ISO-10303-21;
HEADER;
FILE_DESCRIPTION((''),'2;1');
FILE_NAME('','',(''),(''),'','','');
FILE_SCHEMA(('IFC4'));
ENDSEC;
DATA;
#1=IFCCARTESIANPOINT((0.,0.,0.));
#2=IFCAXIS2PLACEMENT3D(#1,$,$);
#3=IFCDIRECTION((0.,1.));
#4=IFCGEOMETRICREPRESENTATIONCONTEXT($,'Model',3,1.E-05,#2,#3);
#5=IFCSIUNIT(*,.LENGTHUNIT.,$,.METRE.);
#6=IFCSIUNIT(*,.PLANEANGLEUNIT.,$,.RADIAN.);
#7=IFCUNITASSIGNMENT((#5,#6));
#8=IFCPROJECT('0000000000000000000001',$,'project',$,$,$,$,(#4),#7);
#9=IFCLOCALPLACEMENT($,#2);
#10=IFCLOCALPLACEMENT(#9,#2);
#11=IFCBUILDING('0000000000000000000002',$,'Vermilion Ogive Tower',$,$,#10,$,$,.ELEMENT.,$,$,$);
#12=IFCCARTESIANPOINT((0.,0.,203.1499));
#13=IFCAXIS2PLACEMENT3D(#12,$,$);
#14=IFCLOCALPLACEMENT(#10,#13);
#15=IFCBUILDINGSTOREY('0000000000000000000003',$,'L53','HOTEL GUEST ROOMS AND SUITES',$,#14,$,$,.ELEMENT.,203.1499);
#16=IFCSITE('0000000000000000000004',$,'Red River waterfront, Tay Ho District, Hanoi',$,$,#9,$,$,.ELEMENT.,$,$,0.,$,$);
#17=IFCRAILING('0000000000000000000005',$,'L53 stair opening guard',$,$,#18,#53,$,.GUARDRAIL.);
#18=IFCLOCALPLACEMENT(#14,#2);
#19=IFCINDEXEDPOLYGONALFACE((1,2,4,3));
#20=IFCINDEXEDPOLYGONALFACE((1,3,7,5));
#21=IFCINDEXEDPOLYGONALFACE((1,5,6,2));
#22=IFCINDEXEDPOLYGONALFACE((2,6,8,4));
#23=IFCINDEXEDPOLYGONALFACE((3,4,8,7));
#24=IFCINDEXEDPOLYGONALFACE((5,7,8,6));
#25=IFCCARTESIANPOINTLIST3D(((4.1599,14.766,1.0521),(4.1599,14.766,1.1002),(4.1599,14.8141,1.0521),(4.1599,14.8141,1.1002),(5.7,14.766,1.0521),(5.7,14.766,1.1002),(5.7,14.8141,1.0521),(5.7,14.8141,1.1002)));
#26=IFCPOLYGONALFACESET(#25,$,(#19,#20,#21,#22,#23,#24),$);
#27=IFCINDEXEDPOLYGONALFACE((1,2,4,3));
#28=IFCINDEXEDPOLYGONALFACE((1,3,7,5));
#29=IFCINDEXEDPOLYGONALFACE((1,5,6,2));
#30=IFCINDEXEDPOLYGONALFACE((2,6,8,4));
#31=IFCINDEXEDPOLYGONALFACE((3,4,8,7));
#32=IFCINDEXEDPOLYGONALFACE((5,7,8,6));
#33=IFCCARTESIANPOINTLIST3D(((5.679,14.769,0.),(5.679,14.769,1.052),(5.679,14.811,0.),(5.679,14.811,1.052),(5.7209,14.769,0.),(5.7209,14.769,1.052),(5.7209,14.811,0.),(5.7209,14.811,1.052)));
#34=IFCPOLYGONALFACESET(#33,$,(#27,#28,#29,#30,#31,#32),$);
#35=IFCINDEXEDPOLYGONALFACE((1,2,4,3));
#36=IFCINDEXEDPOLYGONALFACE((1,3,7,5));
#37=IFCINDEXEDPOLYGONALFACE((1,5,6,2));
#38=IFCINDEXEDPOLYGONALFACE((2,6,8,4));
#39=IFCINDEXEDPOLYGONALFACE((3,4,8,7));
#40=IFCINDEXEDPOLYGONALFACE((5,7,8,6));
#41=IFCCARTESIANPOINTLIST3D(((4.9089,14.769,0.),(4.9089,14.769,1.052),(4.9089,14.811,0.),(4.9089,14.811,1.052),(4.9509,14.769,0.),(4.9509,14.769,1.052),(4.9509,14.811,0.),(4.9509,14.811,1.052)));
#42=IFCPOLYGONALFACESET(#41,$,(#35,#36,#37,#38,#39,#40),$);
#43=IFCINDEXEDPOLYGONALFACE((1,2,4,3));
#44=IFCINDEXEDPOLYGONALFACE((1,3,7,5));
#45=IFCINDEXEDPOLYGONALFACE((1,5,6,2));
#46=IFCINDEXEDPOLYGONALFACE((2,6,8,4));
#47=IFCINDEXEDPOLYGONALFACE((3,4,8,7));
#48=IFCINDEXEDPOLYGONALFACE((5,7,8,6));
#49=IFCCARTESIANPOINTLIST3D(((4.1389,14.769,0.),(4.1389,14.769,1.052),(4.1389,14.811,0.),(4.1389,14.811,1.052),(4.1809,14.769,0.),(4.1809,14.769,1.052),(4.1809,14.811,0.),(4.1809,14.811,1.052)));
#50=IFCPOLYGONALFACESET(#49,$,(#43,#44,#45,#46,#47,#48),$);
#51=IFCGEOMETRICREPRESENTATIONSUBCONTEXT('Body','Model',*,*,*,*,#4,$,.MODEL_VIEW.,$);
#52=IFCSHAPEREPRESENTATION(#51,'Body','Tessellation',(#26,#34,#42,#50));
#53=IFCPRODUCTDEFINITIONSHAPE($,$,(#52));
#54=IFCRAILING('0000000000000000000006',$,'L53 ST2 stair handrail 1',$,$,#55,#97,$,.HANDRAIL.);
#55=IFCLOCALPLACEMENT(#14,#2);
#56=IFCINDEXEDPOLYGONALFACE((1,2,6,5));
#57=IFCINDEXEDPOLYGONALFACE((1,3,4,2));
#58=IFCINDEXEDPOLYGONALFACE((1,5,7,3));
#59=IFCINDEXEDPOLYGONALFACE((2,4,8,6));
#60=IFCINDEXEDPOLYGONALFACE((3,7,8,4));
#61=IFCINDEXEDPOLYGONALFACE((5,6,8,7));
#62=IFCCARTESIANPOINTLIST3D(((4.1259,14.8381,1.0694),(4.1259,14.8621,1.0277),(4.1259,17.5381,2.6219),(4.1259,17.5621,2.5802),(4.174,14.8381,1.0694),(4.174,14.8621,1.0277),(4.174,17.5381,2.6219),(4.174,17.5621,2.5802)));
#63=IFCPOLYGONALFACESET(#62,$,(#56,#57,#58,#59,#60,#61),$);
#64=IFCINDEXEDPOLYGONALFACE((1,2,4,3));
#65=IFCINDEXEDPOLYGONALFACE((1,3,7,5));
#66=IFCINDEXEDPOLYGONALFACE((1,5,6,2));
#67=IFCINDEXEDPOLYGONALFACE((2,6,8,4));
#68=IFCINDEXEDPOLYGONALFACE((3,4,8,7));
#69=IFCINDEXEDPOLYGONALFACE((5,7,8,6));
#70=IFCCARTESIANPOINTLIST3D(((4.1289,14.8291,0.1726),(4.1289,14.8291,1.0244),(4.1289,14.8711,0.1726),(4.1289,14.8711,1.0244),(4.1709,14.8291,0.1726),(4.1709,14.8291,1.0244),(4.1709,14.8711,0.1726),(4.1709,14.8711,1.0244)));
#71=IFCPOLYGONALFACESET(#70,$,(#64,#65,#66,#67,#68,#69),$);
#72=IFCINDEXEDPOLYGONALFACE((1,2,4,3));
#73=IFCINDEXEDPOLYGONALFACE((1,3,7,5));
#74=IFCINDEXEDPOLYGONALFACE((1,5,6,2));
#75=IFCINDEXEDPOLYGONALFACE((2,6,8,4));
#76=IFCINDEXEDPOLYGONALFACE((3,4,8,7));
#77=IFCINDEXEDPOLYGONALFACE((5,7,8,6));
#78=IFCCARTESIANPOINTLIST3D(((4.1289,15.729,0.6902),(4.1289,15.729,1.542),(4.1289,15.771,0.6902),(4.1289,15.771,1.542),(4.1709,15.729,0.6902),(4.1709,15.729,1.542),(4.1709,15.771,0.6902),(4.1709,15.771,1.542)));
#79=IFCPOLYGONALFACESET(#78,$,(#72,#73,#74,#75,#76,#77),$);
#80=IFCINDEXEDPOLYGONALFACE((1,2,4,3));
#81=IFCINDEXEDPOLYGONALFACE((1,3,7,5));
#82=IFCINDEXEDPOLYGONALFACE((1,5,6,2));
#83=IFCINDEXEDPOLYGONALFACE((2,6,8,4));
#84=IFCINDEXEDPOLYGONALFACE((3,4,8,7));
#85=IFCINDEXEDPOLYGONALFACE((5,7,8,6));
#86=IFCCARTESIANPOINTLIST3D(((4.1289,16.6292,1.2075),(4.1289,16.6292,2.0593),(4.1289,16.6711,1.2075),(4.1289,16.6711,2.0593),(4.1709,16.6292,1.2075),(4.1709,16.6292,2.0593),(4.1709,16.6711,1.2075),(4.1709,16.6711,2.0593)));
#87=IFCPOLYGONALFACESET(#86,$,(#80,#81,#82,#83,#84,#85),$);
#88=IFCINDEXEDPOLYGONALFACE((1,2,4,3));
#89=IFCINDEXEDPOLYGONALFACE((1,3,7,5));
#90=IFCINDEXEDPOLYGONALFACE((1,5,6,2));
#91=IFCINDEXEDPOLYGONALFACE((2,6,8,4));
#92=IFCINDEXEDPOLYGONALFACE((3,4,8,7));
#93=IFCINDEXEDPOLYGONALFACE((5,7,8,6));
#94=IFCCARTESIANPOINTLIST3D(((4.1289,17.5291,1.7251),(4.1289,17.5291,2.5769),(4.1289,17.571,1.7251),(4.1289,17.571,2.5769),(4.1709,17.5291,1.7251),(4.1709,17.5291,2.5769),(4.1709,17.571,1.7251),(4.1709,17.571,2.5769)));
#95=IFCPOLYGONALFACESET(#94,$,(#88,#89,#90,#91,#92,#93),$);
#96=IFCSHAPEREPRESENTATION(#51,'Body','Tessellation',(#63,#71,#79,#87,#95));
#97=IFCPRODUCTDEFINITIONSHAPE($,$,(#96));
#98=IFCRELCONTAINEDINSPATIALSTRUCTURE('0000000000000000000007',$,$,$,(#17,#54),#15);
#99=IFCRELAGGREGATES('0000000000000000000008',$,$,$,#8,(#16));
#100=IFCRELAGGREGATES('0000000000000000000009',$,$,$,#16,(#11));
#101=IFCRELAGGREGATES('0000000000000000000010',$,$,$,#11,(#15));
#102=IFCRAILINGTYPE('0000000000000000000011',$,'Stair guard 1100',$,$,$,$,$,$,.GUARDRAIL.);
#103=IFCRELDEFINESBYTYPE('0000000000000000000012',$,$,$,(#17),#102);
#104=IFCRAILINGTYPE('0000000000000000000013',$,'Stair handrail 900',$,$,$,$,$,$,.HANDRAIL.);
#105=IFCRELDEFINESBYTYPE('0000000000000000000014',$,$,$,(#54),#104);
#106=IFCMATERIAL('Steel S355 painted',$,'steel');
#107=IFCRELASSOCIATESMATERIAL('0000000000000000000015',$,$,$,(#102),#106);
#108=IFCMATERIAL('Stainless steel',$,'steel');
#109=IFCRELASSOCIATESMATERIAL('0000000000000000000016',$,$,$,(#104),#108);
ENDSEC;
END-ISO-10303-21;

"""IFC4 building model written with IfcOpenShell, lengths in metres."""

from ifc_helpers import new_model, si_unit, direction, frame, origin, origin_2d, place, context, subcontext, project, spatial, rectangle, extrude, material, type_object, element, save


model = new_model("IFC4")

# Units and contexts
model_context = context("Model", 3, precision=1e-05, world=origin(), true_north=direction((0.0, 1.0)))
body_context = subcontext(model_context, "Body", "Model", "MODEL_VIEW")
ifc_project = project(units=[si_unit("LENGTHUNIT", "METRE"), si_unit("PLANEANGLEUNIT", "RADIAN")], contexts=[model_context])

# Site, building, storey
site_placement = place(None, origin())
site = spatial("IfcSite", under=ifc_project, at=site_placement, Name="Red River waterfront, Tay Ho District, Hanoi", CompositionType="ELEMENT", RefElevation=0.0)
building_placement = place(site_placement, origin())
building = spatial("IfcBuilding", under=site, at=building_placement, Name="Vermilion Ogive Tower", CompositionType="ELEMENT")
storey_placement = place(building_placement, frame((0.0, 0.0, 203.1499)))
storey = spatial("IfcBuildingStorey", under=building, at=storey_placement, Name="L53", Description="HOTEL GUEST ROOMS AND SUITES", CompositionType="ELEMENT", Elevation=203.1499)

# Railings
ifc_material_1 = material(Name="Steel S355 painted", Category="steel")
railing_type_1 = type_object("IfcRailingType", Name="Stair guard 1100", PredefinedType="GUARDRAIL", material=ifc_material_1)
railing_1_placement = place(storey_placement, frame((5.7, 14.79, 0.0)))
element("IfcRailing", 1, at=railing_1_placement, inside=storey, type_object=railing_type_1, Name="L53 stair opening guard", PredefinedType="GUARDRAIL", context=body_context, shape_type="SweptSolid", body=[
    extrude(rectangle(XDim=0.0481, YDim=0.0481, at=origin_2d()), frame((0.0, 0.0, 1.0762), z_axis=(-1.0, 0.0, 0.0), x_axis=(0.0, -1.0, 0.0)), (0.0, 0.0, 1.0), 1.54),
    extrude(rectangle(XDim=0.042, YDim=0.042, at=origin_2d()), origin(), (0.0, 0.0, 1.0), 1.052),
    extrude(rectangle(XDim=0.042, YDim=0.042, at=origin_2d()), frame((-0.77, 0.0, 0.0)), (0.0, 0.0, 1.0), 1.052),
    extrude(rectangle(XDim=0.042, YDim=0.042, at=origin_2d()), frame((-1.54, 0.0, 0.0)), (0.0, 0.0, 1.0), 1.052),
])
ifc_material_2 = material(Name="Stainless steel", Category="steel")
railing_type_2 = type_object("IfcRailingType", Name="Stair handrail 900", PredefinedType="HANDRAIL", material=ifc_material_2)
railing_2_placement = place(storey_placement, frame((4.1499, 14.8501, 0.1726)))
element("IfcRailing", 2, at=railing_2_placement, inside=storey, type_object=railing_type_2, Name="L53 ST2 stair handrail 1", PredefinedType="HANDRAIL", context=body_context, shape_type="SweptSolid", body=[
    extrude(rectangle(XDim=0.0481, YDim=0.0481, at=origin_2d()), frame((0.0, 0.0, 0.876), z_axis=(0.0, 0.866904, 0.498476), x_axis=(-1.0, 0.0, 0.0)), (0.0, 0.0, 1.0), 3.1145),
    extrude(rectangle(XDim=0.042, YDim=0.042, at=origin_2d()), origin(), (0.0, 0.0, 1.0), 0.8518),
    extrude(rectangle(XDim=0.042, YDim=0.042, at=origin_2d()), frame((0.0, 0.8999, 0.5176)), (0.0, 0.0, 1.0), 0.8518),
    extrude(rectangle(XDim=0.042, YDim=0.042, at=origin_2d()), frame((0.0, 1.8, 1.0349)), (0.0, 0.0, 1.0), 0.8518),
    extrude(rectangle(XDim=0.042, YDim=0.042, at=origin_2d()), frame((0.0, 2.7, 1.5525)), (0.0, 0.0, 1.0), 0.8518),
])

save(model, "model.ifc")
